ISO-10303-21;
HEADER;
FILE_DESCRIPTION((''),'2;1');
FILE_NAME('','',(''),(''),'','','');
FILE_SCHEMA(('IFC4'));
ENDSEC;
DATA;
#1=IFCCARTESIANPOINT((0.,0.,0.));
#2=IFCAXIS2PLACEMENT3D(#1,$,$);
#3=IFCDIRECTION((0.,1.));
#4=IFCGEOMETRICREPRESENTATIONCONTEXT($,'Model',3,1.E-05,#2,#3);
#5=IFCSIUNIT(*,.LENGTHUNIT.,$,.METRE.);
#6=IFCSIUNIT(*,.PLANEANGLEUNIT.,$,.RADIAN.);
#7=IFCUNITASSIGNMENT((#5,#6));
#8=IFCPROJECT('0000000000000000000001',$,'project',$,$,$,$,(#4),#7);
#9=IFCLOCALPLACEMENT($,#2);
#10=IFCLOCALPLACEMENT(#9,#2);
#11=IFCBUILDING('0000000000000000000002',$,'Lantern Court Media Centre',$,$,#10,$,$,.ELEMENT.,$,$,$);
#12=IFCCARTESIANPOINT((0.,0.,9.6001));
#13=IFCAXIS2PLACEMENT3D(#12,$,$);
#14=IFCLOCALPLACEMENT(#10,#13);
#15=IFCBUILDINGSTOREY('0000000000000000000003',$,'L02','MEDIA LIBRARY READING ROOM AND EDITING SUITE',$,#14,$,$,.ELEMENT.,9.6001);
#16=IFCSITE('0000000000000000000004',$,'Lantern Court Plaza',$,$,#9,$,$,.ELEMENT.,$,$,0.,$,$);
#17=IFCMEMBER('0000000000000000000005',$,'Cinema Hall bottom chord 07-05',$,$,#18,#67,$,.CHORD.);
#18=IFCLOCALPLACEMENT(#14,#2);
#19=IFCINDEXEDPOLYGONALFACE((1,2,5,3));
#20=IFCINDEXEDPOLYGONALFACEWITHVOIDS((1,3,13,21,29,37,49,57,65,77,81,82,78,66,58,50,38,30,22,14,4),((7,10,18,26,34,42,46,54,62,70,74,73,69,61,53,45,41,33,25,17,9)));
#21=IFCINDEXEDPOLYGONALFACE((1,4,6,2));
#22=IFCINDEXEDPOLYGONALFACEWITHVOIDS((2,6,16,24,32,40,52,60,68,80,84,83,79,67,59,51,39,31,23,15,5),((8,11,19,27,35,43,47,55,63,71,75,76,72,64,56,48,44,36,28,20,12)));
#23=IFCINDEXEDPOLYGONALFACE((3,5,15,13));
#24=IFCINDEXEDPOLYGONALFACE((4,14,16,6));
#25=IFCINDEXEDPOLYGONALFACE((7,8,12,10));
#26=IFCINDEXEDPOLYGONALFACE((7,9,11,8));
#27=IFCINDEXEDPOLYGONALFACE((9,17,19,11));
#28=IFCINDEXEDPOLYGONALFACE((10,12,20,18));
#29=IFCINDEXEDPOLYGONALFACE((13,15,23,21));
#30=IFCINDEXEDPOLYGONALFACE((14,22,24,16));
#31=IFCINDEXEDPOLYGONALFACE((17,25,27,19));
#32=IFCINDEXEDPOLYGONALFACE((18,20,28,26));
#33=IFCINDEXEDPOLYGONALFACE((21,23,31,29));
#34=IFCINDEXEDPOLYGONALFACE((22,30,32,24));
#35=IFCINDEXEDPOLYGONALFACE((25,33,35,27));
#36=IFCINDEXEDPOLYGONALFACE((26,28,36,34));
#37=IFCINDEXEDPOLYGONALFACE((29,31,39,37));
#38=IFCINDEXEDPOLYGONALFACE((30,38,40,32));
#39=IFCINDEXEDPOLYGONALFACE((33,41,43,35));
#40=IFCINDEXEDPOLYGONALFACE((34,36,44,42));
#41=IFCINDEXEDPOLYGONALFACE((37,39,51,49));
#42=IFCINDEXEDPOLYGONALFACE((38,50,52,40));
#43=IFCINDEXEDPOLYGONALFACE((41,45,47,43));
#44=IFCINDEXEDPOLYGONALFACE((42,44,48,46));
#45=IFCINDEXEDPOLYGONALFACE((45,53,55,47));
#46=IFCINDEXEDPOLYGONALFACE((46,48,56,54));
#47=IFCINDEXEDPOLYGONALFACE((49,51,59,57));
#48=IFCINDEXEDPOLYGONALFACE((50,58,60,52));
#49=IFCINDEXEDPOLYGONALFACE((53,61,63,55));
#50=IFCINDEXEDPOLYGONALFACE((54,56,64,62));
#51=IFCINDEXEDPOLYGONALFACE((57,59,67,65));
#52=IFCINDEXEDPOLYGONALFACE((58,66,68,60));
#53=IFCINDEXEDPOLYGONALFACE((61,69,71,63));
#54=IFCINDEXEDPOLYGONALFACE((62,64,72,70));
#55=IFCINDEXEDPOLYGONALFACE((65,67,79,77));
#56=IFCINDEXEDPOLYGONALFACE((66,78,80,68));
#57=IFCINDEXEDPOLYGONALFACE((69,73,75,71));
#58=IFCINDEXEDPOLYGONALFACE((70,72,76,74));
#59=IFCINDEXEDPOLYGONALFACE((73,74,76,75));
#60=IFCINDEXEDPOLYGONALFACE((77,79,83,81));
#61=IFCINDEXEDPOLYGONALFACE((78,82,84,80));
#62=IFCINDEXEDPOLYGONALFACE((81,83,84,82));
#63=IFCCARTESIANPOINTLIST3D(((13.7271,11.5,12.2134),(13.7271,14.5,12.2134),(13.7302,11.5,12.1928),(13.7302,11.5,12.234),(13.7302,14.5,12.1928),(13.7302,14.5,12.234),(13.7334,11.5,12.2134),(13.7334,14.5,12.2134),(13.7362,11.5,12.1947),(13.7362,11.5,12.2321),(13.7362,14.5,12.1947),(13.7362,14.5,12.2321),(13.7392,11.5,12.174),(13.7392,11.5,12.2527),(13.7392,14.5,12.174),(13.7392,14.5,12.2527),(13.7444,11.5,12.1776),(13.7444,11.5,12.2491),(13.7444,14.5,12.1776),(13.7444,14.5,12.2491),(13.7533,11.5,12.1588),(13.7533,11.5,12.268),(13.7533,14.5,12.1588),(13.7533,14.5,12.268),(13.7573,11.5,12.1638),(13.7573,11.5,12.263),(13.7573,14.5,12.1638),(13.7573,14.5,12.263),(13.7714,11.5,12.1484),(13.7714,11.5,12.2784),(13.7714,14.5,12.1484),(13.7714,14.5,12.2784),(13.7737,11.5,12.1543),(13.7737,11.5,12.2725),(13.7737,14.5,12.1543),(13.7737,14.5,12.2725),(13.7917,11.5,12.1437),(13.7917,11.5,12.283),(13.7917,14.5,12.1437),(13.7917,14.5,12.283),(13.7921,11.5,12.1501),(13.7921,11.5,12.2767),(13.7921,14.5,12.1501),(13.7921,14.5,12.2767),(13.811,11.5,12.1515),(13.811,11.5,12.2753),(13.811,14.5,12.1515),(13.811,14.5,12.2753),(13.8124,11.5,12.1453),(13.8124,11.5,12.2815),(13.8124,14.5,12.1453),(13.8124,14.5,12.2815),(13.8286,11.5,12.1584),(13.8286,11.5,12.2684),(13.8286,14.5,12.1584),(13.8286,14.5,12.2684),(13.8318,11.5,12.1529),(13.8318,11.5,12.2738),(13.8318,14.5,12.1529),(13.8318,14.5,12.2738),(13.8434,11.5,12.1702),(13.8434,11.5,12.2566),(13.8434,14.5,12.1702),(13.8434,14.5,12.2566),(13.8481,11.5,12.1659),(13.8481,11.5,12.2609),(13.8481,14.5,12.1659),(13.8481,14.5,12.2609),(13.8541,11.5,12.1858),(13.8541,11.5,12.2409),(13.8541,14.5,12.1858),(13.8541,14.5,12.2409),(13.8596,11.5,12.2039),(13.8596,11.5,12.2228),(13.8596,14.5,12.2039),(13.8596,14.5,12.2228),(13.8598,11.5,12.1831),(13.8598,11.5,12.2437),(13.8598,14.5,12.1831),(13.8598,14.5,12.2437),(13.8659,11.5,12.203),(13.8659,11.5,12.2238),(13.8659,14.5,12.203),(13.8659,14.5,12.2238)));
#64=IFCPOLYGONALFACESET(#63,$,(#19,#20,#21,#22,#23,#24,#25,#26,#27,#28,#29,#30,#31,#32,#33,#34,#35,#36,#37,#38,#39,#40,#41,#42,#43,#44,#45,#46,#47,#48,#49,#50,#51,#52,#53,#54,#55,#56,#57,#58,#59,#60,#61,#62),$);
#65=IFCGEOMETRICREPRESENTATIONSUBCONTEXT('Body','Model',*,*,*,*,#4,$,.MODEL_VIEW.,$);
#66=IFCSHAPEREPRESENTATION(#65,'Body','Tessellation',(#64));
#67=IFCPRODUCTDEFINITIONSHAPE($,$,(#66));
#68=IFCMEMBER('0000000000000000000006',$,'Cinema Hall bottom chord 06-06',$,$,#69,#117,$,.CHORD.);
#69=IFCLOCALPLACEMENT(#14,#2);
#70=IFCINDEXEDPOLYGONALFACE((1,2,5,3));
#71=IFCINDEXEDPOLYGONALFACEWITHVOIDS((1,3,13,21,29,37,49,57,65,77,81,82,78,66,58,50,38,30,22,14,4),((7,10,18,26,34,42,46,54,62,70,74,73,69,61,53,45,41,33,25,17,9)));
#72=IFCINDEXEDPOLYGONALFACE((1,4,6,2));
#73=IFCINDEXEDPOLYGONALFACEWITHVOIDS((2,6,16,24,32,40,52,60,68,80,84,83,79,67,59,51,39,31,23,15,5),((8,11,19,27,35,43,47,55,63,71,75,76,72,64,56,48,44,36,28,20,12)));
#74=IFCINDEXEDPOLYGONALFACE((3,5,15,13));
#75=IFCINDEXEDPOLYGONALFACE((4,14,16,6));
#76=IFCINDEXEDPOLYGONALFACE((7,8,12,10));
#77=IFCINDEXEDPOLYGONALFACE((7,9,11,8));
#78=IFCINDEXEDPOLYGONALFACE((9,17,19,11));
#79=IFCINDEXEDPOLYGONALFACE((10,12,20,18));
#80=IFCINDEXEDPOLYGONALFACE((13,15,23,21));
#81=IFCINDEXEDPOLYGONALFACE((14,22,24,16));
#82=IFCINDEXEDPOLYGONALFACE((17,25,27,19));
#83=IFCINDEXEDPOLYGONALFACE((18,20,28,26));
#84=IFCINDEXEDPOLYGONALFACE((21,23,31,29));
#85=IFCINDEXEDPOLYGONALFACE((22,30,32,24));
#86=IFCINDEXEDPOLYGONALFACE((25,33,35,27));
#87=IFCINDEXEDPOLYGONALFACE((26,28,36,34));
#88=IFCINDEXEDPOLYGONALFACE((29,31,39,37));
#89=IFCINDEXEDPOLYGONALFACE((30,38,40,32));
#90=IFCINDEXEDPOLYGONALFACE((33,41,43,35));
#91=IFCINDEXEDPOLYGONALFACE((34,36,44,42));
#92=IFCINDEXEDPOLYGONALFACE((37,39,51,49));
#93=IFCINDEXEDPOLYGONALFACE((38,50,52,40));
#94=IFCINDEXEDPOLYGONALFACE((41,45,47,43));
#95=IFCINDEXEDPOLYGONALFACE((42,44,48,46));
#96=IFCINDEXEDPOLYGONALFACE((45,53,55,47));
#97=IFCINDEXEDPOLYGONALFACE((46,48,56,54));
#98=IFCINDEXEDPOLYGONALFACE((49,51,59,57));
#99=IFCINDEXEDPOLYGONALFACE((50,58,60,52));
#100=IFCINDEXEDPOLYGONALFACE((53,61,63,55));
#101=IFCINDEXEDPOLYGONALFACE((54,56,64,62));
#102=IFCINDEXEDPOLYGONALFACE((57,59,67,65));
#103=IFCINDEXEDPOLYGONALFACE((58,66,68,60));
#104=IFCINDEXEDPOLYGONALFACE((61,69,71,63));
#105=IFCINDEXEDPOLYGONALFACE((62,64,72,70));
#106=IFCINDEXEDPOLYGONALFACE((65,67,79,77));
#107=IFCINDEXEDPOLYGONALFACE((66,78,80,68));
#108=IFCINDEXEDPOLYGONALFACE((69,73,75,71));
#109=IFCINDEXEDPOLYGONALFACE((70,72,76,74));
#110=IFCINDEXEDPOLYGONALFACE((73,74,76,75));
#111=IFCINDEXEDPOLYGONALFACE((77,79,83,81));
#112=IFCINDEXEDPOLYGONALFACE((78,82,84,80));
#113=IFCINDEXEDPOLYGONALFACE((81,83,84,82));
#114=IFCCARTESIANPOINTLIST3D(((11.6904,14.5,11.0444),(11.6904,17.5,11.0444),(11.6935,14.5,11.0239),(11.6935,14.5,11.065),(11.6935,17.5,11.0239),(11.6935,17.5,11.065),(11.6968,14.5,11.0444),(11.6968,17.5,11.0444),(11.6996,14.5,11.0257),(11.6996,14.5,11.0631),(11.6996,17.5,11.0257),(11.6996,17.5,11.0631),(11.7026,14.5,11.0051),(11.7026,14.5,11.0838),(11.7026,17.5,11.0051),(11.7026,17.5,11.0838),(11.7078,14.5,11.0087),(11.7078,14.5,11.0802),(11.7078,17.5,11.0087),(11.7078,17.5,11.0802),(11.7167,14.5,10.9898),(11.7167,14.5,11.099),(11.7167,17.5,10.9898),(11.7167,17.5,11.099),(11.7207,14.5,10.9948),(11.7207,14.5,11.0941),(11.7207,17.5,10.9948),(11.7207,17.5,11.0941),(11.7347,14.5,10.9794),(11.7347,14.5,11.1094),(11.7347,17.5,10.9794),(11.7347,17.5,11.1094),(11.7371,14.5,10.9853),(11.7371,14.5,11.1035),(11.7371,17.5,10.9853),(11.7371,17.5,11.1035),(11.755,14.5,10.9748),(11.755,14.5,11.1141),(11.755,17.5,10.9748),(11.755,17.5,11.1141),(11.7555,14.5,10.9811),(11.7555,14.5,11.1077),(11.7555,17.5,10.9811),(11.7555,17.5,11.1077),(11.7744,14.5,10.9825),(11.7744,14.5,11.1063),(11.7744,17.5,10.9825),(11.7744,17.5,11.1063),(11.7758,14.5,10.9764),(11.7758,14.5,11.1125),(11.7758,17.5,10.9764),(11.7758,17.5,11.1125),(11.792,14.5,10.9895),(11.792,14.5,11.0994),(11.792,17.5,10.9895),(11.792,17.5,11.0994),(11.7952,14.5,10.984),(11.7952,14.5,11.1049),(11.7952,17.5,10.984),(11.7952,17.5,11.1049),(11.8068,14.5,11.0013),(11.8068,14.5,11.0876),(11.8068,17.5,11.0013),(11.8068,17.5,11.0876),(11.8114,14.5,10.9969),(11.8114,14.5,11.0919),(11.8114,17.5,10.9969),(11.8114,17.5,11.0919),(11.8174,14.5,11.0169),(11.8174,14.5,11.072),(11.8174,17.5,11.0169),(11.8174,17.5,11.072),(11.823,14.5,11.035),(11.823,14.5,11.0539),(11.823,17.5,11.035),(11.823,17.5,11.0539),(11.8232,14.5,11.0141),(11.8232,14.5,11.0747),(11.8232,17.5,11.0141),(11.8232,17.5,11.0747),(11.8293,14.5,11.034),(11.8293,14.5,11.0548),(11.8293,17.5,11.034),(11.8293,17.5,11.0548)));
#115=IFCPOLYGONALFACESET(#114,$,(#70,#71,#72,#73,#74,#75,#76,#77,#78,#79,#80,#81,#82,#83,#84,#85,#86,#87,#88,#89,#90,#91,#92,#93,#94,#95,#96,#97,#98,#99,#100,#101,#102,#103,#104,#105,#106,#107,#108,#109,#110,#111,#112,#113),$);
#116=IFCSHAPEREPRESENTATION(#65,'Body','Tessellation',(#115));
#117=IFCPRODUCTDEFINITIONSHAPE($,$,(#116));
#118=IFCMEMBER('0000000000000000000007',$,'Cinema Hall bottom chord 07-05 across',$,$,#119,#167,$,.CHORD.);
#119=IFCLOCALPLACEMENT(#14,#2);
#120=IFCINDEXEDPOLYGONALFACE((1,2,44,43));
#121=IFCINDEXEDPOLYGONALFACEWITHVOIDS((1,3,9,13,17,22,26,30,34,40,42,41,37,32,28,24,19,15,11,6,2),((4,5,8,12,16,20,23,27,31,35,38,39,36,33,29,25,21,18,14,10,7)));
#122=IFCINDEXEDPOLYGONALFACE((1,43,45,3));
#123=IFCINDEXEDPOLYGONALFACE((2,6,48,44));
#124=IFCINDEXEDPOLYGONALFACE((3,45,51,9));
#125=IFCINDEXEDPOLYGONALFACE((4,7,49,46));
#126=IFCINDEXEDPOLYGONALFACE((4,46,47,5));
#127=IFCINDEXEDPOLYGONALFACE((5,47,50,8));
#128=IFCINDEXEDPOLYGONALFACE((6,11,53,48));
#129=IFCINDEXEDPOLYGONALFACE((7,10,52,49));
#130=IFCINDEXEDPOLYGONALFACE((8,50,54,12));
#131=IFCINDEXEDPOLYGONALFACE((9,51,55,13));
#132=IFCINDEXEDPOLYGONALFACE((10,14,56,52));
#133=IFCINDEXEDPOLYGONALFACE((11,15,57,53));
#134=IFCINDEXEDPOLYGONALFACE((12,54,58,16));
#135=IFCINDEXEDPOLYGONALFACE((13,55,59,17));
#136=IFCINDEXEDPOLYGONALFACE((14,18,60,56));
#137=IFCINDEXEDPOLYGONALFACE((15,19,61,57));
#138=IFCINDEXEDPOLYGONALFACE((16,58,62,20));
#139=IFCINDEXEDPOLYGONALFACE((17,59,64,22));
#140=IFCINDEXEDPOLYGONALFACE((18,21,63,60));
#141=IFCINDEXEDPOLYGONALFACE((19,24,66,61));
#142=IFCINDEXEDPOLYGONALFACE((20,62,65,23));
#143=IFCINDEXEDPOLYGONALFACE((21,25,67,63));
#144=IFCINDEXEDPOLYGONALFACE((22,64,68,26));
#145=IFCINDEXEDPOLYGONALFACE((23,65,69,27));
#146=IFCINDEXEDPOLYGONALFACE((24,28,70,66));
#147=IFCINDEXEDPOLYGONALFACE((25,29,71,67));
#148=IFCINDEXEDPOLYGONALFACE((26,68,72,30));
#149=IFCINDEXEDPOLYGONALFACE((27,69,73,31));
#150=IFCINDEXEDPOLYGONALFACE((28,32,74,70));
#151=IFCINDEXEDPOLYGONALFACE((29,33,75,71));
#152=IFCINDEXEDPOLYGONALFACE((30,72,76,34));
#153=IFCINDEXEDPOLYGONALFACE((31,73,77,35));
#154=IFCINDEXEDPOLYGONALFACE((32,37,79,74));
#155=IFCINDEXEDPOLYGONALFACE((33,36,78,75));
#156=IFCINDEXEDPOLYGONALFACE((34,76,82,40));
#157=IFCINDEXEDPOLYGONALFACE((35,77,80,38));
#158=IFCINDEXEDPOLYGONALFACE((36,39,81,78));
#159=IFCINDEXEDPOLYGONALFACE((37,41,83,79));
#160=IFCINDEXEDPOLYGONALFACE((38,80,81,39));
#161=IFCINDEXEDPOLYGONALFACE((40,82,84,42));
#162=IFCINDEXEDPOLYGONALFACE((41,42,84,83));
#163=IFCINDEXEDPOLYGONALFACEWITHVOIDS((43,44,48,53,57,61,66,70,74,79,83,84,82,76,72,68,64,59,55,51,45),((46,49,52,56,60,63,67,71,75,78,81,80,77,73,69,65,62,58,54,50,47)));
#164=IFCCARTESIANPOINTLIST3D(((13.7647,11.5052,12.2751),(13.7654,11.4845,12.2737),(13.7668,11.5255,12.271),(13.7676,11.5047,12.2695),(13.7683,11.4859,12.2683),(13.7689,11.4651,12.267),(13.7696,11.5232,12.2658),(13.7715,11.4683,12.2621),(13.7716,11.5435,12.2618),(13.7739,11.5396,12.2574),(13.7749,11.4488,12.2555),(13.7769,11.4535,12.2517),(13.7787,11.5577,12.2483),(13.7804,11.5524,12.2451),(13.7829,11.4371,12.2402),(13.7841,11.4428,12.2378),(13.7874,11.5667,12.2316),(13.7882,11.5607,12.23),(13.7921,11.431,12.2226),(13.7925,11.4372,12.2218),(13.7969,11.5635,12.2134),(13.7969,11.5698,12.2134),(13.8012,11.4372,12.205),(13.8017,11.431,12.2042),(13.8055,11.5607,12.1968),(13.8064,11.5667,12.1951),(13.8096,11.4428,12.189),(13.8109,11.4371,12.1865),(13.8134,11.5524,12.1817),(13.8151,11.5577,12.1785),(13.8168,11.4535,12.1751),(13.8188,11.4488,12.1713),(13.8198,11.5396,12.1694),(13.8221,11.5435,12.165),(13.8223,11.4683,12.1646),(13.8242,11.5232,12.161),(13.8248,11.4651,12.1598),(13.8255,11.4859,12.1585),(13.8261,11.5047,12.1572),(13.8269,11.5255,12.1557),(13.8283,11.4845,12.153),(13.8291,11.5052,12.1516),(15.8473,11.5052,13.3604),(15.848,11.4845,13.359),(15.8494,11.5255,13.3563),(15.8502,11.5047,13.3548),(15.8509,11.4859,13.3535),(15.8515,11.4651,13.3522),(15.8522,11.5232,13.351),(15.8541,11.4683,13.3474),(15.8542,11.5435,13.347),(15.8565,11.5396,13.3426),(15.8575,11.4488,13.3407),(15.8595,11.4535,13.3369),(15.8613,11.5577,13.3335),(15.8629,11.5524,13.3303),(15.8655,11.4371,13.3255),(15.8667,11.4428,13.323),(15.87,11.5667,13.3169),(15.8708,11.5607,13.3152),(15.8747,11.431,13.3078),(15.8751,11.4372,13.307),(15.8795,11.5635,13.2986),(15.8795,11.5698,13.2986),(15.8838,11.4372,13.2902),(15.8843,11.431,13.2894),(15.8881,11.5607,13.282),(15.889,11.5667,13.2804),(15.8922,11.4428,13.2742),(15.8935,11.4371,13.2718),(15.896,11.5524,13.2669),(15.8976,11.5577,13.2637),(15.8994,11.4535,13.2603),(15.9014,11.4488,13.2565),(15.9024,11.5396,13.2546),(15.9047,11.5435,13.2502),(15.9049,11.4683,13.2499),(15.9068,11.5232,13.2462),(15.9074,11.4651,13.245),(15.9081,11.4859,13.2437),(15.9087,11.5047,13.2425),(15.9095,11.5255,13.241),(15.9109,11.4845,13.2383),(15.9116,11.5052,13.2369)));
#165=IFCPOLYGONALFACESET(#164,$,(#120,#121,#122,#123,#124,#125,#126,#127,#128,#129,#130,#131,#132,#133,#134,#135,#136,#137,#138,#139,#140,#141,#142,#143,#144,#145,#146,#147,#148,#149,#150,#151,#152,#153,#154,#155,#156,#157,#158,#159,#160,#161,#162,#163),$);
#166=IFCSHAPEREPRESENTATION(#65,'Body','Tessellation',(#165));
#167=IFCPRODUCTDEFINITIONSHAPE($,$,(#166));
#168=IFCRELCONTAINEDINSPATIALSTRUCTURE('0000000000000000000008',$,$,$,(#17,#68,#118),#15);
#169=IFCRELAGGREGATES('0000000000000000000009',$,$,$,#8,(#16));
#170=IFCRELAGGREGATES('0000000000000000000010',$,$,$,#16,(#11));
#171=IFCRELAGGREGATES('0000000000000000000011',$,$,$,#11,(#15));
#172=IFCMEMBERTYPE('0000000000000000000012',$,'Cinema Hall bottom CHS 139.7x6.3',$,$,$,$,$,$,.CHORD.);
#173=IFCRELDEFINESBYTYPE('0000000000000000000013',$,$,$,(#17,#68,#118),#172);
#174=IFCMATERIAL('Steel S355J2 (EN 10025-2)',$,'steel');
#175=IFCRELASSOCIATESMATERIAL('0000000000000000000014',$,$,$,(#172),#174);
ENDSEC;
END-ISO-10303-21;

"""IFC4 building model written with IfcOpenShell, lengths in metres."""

from ifc_helpers import new_model, si_unit, direction, frame, origin, origin_2d, place, context, subcontext, project, spatial, hollow_circle, extrude, material, material_profile, profile_set, type_object, element, save


model = new_model("IFC4")

# Units and contexts
model_context = context("Model", 3, precision=1e-05, world=origin(), true_north=direction((0.0, 1.0)))
body_context = subcontext(model_context, "Body", "Model", "MODEL_VIEW")
ifc_project = project(units=[si_unit("LENGTHUNIT", "METRE"), si_unit("PLANEANGLEUNIT", "RADIAN")], contexts=[model_context])

# Site, building, storey
site_placement = place(None, origin())
site = spatial("IfcSite", under=ifc_project, at=site_placement, Name="Lantern Court Plaza", CompositionType="ELEMENT", RefElevation=0.0)
building_placement = place(site_placement, origin())
building = spatial("IfcBuilding", under=site, at=building_placement, Name="Lantern Court Media Centre", CompositionType="ELEMENT")
storey_placement = place(building_placement, frame((0.0, 0.0, 9.6001)))
storey = spatial("IfcBuildingStorey", under=building, at=storey_placement, Name="L02", Description="MEDIA LIBRARY READING ROOM AND EDITING SUITE", CompositionType="ELEMENT", Elevation=9.6001)

# Members
ifc_material = material(Name="Steel S355J2 (EN 10025-2)", Category="steel")
ifc_material_profile_1 = material_profile(ifc_material, hollow_circle(Radius=0.0698, WallThickness=0.0063, at=origin_2d()), Name="Cinema Hall bottom CHS 139.7x6.3")
ifc_profile_set_1 = profile_set([ifc_material_profile_1], Name="Steel S355J2 (EN 10025-2)")
member_type_1 = type_object("IfcMemberType", Name="Cinema Hall bottom CHS 139.7x6.3", PredefinedType="CHORD", material=ifc_profile_set_1)
for number, where, z_axis, x_axis, name in (
    (1, (13.7969, 11.5, 12.2134), (0.0, 1.0, 0.0), (-1.0, 0.0, 0.0), "Cinema Hall bottom chord 07-05"),
    (2, (11.7603, 14.5, 11.0444), (0.0, 1.0, 0.0), (-1.0, 0.0, 0.0), "Cinema Hall bottom chord 06-06"),
):
    element("IfcMember", number, at=place(storey_placement, frame(where, z_axis=z_axis, x_axis=x_axis)), inside=storey, type_object=member_type_1, Name=name, PredefinedType="CHORD", context=body_context, shape_type="SweptSolid", body=[
        extrude(hollow_circle(Radius=0.0698, WallThickness=0.0063, at=origin_2d()), origin(), (0.0, 0.0, 1.0), 3.0),
    ])
member_1_placement = place(storey_placement, frame((13.7969, 11.5, 12.2134), z_axis=(0.886816, 0.0, 0.462122), x_axis=(0.0, 1.0, 0.0)))
element("IfcMember", 3, at=member_1_placement, inside=storey, type_object=member_type_1, Name="Cinema Hall bottom chord 07-05 across", PredefinedType="CHORD", context=body_context, shape_type="SweptSolid", body=[
    extrude(hollow_circle(Radius=0.0698, WallThickness=0.0063, at=origin_2d()), origin(), (0.0, 0.0, 1.0), 2.3484),
])

save(model, "model.ifc")
